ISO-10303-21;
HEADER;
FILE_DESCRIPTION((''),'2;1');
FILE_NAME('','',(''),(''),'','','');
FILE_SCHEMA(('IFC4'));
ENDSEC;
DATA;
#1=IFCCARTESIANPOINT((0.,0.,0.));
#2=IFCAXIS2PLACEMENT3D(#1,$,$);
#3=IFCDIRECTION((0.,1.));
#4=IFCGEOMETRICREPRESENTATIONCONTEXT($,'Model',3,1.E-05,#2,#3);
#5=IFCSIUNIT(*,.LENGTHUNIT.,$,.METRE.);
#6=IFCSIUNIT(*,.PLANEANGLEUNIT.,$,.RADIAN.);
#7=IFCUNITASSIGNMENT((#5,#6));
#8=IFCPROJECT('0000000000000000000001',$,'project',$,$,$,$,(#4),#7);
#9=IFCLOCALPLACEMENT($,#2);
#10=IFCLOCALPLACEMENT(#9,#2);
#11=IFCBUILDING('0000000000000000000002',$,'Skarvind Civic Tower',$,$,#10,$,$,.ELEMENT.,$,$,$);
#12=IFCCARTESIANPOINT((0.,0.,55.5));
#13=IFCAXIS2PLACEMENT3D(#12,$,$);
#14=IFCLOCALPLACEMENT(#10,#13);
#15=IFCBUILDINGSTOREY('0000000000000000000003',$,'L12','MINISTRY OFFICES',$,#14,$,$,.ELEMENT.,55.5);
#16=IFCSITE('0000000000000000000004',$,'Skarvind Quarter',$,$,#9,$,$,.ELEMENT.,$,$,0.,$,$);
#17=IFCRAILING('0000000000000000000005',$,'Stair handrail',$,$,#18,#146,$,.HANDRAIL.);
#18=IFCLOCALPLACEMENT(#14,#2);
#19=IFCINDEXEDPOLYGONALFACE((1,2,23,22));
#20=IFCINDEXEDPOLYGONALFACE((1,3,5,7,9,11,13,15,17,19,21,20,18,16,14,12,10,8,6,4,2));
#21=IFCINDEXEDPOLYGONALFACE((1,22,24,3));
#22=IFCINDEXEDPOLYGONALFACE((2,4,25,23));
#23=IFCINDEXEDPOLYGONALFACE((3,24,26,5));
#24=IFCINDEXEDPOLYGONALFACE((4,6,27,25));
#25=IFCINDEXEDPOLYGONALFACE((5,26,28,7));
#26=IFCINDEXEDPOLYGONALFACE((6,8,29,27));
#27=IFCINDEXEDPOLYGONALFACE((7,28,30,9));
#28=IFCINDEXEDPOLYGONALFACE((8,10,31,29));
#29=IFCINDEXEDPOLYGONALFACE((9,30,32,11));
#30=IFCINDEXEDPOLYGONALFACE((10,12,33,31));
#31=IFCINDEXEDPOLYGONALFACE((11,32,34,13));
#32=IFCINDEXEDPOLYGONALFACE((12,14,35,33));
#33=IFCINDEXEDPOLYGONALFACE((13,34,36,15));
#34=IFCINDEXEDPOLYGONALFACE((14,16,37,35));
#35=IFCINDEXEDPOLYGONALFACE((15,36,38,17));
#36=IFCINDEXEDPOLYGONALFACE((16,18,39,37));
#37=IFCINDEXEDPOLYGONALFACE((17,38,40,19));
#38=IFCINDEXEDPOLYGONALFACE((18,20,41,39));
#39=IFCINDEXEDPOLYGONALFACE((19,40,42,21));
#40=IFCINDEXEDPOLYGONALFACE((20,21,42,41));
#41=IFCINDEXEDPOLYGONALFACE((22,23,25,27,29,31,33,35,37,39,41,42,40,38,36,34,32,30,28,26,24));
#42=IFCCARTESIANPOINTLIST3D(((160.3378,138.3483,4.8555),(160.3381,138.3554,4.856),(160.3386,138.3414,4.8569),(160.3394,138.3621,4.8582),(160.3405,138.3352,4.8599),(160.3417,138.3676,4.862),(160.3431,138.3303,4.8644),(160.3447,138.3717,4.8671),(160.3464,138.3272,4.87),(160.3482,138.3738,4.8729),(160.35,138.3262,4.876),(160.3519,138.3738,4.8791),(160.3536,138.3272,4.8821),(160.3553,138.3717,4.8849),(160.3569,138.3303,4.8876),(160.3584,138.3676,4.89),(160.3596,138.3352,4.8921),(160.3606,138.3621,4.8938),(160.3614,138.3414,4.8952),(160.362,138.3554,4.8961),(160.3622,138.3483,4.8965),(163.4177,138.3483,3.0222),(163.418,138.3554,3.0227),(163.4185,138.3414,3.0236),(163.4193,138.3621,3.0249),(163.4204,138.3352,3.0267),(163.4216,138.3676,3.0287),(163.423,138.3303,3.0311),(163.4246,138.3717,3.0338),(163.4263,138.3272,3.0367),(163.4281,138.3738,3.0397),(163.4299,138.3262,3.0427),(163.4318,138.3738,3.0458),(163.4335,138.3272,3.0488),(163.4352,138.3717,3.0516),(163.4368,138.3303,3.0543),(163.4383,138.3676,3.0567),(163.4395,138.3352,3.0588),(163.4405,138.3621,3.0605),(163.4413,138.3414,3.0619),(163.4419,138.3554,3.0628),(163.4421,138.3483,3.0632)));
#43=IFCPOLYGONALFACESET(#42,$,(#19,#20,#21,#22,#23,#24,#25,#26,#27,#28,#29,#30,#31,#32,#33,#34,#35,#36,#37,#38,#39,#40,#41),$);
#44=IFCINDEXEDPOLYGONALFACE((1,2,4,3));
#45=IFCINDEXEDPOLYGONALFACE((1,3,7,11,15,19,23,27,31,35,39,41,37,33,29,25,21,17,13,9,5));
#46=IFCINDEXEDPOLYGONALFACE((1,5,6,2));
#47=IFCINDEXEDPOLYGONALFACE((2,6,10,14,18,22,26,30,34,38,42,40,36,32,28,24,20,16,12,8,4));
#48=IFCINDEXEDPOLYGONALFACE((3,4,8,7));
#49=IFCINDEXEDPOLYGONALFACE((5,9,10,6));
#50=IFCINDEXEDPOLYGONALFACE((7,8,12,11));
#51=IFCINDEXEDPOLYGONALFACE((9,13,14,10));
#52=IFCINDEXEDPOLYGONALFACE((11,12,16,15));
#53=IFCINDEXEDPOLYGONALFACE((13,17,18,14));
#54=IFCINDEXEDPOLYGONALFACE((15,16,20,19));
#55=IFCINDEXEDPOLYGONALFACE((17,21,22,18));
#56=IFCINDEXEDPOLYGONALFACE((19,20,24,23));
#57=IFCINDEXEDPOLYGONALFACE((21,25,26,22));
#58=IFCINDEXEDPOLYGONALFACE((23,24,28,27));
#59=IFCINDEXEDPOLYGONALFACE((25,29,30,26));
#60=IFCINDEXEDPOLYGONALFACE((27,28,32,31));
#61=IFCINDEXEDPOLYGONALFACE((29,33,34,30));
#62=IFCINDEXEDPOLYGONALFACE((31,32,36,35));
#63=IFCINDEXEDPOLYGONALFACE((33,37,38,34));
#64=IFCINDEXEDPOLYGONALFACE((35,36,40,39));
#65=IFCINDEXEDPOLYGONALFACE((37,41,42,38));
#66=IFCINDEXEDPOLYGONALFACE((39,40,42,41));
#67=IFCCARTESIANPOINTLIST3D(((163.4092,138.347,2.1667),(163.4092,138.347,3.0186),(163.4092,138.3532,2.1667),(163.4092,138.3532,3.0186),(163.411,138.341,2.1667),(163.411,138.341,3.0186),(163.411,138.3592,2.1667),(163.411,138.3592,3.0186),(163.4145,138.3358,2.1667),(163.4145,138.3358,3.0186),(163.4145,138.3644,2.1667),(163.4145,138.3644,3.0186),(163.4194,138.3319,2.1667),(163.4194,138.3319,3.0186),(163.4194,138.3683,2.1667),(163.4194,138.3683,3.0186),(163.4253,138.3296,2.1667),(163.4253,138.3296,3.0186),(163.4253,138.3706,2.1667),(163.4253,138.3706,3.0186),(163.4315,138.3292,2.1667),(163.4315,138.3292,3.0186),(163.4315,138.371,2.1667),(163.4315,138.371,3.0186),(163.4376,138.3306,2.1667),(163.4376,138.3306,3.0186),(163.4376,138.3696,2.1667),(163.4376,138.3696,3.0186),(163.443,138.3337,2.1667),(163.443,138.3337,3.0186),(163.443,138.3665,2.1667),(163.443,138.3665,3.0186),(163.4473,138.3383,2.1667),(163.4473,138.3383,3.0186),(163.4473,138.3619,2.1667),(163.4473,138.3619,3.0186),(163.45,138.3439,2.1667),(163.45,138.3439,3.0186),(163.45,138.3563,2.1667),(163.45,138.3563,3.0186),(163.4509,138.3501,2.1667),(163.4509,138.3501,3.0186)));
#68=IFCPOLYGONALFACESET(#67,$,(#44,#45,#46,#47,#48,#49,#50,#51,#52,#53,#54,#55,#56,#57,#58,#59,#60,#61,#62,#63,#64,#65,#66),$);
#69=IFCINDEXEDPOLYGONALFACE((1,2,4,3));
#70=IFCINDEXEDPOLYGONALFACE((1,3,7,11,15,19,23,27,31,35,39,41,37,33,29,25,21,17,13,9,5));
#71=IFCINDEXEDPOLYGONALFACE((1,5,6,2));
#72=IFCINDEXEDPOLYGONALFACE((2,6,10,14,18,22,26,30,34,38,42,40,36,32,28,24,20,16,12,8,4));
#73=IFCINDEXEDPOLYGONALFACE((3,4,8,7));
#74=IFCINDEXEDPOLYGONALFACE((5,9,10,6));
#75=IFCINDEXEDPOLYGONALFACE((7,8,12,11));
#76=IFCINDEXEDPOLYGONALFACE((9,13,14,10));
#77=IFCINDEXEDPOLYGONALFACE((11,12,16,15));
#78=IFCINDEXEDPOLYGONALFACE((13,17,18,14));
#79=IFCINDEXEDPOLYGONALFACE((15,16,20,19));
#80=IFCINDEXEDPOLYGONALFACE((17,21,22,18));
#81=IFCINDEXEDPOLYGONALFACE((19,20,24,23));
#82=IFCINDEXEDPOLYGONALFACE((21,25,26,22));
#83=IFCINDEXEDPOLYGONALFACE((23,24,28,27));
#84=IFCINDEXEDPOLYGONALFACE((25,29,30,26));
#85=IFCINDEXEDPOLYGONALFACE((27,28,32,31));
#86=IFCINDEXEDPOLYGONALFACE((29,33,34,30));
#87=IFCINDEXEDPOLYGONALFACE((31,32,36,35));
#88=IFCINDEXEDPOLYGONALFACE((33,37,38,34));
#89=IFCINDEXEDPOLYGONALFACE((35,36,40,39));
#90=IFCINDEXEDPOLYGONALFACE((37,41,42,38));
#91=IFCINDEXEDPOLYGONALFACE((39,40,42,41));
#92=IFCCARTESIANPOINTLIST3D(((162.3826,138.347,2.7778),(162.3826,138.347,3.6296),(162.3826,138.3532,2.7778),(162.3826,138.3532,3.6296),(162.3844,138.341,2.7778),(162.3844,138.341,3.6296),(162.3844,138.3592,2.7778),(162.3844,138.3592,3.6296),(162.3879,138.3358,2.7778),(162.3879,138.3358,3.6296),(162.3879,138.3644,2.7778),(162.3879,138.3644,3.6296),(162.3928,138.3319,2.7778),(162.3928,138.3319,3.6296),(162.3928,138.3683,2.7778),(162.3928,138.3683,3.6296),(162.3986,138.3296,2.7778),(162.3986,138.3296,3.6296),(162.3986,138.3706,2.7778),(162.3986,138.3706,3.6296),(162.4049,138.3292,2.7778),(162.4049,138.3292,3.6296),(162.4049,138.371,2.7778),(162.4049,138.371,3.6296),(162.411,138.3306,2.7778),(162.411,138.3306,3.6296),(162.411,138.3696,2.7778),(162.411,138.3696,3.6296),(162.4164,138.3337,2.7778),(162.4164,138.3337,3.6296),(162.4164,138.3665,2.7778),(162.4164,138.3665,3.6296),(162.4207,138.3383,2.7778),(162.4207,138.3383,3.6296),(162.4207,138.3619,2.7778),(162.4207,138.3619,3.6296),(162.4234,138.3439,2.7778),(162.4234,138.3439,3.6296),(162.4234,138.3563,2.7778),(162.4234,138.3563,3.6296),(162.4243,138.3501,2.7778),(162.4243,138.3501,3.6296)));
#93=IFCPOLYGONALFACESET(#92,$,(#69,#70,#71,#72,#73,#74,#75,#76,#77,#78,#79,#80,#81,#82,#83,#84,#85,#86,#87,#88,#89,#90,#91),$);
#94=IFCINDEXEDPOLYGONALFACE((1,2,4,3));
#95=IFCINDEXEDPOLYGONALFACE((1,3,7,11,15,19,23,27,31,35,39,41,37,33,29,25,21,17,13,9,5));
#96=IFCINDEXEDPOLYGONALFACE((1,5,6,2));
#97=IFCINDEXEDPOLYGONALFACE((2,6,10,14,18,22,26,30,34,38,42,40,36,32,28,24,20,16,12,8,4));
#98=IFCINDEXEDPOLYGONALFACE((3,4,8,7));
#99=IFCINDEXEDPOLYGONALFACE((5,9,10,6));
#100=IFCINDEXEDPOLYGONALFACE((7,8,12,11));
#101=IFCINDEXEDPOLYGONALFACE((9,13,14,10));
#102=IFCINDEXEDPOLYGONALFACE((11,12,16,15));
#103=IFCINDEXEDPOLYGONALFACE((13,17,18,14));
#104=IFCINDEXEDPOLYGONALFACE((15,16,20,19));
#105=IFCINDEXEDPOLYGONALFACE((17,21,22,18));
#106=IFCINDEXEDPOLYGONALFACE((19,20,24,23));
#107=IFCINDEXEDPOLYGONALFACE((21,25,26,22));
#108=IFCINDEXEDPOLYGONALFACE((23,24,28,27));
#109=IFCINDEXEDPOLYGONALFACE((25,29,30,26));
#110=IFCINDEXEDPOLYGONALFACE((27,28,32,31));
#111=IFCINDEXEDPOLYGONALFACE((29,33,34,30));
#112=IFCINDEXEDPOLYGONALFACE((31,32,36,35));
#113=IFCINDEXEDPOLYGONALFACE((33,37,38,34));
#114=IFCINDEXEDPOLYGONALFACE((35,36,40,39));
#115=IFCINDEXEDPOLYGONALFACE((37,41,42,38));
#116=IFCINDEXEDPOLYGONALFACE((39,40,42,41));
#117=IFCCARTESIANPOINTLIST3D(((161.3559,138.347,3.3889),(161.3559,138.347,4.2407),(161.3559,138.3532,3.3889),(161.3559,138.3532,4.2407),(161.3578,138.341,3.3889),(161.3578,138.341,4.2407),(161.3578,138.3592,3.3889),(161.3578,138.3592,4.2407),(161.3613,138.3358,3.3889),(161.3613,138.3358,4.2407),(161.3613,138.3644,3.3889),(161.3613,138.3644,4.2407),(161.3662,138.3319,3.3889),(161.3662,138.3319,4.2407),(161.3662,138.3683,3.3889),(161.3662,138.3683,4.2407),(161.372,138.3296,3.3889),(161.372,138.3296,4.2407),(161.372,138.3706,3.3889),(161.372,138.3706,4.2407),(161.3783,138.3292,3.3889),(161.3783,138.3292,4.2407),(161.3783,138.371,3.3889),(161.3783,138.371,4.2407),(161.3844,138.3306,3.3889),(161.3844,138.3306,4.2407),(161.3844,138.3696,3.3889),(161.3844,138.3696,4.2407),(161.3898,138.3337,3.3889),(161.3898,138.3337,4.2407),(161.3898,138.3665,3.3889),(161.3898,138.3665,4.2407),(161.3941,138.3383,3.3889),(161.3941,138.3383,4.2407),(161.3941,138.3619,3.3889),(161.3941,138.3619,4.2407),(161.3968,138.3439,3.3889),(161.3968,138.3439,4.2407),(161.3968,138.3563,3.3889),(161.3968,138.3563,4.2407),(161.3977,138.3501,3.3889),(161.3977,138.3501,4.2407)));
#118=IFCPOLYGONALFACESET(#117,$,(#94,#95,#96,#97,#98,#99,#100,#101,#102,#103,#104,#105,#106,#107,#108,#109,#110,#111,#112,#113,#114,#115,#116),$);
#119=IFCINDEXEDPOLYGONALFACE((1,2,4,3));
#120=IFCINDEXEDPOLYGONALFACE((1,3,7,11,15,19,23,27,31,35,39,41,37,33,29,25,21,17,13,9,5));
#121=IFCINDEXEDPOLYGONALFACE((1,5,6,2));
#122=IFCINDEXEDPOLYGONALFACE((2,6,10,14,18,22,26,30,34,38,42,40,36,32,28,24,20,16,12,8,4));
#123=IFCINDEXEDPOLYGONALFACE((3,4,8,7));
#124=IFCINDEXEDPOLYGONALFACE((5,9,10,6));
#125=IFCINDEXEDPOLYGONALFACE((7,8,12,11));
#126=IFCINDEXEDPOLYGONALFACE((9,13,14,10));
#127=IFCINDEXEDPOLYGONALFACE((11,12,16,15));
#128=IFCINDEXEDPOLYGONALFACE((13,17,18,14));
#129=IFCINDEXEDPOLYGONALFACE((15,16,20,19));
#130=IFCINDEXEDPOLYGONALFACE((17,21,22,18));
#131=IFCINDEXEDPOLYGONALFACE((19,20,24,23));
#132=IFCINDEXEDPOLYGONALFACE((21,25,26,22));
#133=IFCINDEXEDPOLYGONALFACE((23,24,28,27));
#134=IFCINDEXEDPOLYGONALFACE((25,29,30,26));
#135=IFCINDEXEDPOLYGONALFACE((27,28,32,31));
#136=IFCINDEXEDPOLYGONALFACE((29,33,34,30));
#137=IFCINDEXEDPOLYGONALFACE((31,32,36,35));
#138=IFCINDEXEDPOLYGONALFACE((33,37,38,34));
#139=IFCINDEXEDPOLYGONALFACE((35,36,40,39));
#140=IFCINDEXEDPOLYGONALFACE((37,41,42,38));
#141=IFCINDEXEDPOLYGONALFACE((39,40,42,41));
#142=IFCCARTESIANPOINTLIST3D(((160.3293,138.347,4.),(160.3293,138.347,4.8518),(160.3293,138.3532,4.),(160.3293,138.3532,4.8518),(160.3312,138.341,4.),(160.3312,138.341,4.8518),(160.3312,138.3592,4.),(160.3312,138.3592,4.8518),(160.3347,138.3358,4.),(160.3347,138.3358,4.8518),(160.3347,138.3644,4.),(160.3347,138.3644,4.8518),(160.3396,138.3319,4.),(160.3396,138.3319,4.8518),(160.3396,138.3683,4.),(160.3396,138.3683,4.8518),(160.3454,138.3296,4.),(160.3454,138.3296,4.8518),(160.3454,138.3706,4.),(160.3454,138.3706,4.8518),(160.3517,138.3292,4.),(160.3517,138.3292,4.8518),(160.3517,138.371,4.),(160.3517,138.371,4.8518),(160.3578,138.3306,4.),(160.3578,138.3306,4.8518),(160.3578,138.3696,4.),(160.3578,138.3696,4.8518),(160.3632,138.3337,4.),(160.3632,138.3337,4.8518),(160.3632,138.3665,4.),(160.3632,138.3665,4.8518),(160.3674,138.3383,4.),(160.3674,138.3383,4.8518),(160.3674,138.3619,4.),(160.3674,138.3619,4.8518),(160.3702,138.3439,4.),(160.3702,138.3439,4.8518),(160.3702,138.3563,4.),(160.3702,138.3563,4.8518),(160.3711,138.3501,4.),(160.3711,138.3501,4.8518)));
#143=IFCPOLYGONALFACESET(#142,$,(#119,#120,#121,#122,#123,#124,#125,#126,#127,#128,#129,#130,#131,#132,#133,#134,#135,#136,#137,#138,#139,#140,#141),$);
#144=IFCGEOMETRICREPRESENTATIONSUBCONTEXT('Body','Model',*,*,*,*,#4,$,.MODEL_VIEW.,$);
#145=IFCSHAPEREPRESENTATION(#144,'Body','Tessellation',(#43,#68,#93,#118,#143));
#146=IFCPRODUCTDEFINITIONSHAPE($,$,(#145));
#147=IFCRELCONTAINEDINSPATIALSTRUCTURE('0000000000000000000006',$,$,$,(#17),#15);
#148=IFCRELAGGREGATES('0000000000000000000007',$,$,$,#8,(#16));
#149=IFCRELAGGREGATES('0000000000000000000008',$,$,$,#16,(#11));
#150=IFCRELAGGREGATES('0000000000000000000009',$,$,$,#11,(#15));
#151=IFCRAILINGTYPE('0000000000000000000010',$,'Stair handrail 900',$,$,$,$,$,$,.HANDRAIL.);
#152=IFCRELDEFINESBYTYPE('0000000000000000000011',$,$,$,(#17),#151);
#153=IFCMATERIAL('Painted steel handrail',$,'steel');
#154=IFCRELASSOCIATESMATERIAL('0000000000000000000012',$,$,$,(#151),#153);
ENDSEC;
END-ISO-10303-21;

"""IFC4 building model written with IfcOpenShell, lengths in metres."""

from ifc_helpers import new_model, si_unit, direction, frame, origin, origin_2d, place, context, subcontext, project, spatial, circle, extrude, material, type_object, element, save


model = new_model("IFC4")

# Units and contexts
model_context = context("Model", 3, precision=1e-05, world=origin(), true_north=direction((0.0, 1.0)))
body_context = subcontext(model_context, "Body", "Model", "MODEL_VIEW")
ifc_project = project(units=[si_unit("LENGTHUNIT", "METRE"), si_unit("PLANEANGLEUNIT", "RADIAN")], contexts=[model_context])

# Site, building, storey
site_placement = place(None, origin())
site = spatial("IfcSite", under=ifc_project, at=site_placement, Name="Skarvind Quarter", CompositionType="ELEMENT", RefElevation=0.0)
building_placement = place(site_placement, origin())
building = spatial("IfcBuilding", under=site, at=building_placement, Name="Skarvind Civic Tower", CompositionType="ELEMENT")
storey_placement = place(building_placement, frame((0.0, 0.0, 55.5)))
storey = spatial("IfcBuildingStorey", under=building, at=storey_placement, Name="L12", Description="MINISTRY OFFICES", CompositionType="ELEMENT", Elevation=55.5)

# Railing
ifc_material_1 = material(Name="Painted steel handrail", Category="steel")
railing_type = type_object("IfcRailingType", Name="Stair handrail 900", PredefinedType="HANDRAIL", material=ifc_material_1)
railing_1_placement = place(storey_placement, frame((163.4299, 138.3501, 2.1667)))
element("IfcRailing", 1, at=railing_1_placement, inside=storey, type_object=railing_type, Name="Stair handrail", PredefinedType="HANDRAIL", context=body_context, shape_type="SweptSolid", body=[
    extrude(circle(Radius=0.0239, at=origin_2d()), frame((0.0, 0.0, 0.876), z_axis=(-0.859291, 0.0, 0.511487), x_axis=(0.0, -1.0, 0.0)), (0.0, 0.0, 1.0), 3.5842),
    extrude(circle(Radius=0.021, at=origin_2d()), origin(), (0.0, 0.0, 1.0), 0.8518),
    extrude(circle(Radius=0.021, at=origin_2d()), frame((-1.0266, 0.0, 0.6111)), (0.0, 0.0, 1.0), 0.8518),
    extrude(circle(Radius=0.021, at=origin_2d()), frame((-2.0532, 0.0, 1.2222)), (0.0, 0.0, 1.0), 0.8518),
    extrude(circle(Radius=0.021, at=origin_2d()), frame((-3.0798, 0.0, 1.8333)), (0.0, 0.0, 1.0), 0.8518),
])

save(model, "model.ifc")
